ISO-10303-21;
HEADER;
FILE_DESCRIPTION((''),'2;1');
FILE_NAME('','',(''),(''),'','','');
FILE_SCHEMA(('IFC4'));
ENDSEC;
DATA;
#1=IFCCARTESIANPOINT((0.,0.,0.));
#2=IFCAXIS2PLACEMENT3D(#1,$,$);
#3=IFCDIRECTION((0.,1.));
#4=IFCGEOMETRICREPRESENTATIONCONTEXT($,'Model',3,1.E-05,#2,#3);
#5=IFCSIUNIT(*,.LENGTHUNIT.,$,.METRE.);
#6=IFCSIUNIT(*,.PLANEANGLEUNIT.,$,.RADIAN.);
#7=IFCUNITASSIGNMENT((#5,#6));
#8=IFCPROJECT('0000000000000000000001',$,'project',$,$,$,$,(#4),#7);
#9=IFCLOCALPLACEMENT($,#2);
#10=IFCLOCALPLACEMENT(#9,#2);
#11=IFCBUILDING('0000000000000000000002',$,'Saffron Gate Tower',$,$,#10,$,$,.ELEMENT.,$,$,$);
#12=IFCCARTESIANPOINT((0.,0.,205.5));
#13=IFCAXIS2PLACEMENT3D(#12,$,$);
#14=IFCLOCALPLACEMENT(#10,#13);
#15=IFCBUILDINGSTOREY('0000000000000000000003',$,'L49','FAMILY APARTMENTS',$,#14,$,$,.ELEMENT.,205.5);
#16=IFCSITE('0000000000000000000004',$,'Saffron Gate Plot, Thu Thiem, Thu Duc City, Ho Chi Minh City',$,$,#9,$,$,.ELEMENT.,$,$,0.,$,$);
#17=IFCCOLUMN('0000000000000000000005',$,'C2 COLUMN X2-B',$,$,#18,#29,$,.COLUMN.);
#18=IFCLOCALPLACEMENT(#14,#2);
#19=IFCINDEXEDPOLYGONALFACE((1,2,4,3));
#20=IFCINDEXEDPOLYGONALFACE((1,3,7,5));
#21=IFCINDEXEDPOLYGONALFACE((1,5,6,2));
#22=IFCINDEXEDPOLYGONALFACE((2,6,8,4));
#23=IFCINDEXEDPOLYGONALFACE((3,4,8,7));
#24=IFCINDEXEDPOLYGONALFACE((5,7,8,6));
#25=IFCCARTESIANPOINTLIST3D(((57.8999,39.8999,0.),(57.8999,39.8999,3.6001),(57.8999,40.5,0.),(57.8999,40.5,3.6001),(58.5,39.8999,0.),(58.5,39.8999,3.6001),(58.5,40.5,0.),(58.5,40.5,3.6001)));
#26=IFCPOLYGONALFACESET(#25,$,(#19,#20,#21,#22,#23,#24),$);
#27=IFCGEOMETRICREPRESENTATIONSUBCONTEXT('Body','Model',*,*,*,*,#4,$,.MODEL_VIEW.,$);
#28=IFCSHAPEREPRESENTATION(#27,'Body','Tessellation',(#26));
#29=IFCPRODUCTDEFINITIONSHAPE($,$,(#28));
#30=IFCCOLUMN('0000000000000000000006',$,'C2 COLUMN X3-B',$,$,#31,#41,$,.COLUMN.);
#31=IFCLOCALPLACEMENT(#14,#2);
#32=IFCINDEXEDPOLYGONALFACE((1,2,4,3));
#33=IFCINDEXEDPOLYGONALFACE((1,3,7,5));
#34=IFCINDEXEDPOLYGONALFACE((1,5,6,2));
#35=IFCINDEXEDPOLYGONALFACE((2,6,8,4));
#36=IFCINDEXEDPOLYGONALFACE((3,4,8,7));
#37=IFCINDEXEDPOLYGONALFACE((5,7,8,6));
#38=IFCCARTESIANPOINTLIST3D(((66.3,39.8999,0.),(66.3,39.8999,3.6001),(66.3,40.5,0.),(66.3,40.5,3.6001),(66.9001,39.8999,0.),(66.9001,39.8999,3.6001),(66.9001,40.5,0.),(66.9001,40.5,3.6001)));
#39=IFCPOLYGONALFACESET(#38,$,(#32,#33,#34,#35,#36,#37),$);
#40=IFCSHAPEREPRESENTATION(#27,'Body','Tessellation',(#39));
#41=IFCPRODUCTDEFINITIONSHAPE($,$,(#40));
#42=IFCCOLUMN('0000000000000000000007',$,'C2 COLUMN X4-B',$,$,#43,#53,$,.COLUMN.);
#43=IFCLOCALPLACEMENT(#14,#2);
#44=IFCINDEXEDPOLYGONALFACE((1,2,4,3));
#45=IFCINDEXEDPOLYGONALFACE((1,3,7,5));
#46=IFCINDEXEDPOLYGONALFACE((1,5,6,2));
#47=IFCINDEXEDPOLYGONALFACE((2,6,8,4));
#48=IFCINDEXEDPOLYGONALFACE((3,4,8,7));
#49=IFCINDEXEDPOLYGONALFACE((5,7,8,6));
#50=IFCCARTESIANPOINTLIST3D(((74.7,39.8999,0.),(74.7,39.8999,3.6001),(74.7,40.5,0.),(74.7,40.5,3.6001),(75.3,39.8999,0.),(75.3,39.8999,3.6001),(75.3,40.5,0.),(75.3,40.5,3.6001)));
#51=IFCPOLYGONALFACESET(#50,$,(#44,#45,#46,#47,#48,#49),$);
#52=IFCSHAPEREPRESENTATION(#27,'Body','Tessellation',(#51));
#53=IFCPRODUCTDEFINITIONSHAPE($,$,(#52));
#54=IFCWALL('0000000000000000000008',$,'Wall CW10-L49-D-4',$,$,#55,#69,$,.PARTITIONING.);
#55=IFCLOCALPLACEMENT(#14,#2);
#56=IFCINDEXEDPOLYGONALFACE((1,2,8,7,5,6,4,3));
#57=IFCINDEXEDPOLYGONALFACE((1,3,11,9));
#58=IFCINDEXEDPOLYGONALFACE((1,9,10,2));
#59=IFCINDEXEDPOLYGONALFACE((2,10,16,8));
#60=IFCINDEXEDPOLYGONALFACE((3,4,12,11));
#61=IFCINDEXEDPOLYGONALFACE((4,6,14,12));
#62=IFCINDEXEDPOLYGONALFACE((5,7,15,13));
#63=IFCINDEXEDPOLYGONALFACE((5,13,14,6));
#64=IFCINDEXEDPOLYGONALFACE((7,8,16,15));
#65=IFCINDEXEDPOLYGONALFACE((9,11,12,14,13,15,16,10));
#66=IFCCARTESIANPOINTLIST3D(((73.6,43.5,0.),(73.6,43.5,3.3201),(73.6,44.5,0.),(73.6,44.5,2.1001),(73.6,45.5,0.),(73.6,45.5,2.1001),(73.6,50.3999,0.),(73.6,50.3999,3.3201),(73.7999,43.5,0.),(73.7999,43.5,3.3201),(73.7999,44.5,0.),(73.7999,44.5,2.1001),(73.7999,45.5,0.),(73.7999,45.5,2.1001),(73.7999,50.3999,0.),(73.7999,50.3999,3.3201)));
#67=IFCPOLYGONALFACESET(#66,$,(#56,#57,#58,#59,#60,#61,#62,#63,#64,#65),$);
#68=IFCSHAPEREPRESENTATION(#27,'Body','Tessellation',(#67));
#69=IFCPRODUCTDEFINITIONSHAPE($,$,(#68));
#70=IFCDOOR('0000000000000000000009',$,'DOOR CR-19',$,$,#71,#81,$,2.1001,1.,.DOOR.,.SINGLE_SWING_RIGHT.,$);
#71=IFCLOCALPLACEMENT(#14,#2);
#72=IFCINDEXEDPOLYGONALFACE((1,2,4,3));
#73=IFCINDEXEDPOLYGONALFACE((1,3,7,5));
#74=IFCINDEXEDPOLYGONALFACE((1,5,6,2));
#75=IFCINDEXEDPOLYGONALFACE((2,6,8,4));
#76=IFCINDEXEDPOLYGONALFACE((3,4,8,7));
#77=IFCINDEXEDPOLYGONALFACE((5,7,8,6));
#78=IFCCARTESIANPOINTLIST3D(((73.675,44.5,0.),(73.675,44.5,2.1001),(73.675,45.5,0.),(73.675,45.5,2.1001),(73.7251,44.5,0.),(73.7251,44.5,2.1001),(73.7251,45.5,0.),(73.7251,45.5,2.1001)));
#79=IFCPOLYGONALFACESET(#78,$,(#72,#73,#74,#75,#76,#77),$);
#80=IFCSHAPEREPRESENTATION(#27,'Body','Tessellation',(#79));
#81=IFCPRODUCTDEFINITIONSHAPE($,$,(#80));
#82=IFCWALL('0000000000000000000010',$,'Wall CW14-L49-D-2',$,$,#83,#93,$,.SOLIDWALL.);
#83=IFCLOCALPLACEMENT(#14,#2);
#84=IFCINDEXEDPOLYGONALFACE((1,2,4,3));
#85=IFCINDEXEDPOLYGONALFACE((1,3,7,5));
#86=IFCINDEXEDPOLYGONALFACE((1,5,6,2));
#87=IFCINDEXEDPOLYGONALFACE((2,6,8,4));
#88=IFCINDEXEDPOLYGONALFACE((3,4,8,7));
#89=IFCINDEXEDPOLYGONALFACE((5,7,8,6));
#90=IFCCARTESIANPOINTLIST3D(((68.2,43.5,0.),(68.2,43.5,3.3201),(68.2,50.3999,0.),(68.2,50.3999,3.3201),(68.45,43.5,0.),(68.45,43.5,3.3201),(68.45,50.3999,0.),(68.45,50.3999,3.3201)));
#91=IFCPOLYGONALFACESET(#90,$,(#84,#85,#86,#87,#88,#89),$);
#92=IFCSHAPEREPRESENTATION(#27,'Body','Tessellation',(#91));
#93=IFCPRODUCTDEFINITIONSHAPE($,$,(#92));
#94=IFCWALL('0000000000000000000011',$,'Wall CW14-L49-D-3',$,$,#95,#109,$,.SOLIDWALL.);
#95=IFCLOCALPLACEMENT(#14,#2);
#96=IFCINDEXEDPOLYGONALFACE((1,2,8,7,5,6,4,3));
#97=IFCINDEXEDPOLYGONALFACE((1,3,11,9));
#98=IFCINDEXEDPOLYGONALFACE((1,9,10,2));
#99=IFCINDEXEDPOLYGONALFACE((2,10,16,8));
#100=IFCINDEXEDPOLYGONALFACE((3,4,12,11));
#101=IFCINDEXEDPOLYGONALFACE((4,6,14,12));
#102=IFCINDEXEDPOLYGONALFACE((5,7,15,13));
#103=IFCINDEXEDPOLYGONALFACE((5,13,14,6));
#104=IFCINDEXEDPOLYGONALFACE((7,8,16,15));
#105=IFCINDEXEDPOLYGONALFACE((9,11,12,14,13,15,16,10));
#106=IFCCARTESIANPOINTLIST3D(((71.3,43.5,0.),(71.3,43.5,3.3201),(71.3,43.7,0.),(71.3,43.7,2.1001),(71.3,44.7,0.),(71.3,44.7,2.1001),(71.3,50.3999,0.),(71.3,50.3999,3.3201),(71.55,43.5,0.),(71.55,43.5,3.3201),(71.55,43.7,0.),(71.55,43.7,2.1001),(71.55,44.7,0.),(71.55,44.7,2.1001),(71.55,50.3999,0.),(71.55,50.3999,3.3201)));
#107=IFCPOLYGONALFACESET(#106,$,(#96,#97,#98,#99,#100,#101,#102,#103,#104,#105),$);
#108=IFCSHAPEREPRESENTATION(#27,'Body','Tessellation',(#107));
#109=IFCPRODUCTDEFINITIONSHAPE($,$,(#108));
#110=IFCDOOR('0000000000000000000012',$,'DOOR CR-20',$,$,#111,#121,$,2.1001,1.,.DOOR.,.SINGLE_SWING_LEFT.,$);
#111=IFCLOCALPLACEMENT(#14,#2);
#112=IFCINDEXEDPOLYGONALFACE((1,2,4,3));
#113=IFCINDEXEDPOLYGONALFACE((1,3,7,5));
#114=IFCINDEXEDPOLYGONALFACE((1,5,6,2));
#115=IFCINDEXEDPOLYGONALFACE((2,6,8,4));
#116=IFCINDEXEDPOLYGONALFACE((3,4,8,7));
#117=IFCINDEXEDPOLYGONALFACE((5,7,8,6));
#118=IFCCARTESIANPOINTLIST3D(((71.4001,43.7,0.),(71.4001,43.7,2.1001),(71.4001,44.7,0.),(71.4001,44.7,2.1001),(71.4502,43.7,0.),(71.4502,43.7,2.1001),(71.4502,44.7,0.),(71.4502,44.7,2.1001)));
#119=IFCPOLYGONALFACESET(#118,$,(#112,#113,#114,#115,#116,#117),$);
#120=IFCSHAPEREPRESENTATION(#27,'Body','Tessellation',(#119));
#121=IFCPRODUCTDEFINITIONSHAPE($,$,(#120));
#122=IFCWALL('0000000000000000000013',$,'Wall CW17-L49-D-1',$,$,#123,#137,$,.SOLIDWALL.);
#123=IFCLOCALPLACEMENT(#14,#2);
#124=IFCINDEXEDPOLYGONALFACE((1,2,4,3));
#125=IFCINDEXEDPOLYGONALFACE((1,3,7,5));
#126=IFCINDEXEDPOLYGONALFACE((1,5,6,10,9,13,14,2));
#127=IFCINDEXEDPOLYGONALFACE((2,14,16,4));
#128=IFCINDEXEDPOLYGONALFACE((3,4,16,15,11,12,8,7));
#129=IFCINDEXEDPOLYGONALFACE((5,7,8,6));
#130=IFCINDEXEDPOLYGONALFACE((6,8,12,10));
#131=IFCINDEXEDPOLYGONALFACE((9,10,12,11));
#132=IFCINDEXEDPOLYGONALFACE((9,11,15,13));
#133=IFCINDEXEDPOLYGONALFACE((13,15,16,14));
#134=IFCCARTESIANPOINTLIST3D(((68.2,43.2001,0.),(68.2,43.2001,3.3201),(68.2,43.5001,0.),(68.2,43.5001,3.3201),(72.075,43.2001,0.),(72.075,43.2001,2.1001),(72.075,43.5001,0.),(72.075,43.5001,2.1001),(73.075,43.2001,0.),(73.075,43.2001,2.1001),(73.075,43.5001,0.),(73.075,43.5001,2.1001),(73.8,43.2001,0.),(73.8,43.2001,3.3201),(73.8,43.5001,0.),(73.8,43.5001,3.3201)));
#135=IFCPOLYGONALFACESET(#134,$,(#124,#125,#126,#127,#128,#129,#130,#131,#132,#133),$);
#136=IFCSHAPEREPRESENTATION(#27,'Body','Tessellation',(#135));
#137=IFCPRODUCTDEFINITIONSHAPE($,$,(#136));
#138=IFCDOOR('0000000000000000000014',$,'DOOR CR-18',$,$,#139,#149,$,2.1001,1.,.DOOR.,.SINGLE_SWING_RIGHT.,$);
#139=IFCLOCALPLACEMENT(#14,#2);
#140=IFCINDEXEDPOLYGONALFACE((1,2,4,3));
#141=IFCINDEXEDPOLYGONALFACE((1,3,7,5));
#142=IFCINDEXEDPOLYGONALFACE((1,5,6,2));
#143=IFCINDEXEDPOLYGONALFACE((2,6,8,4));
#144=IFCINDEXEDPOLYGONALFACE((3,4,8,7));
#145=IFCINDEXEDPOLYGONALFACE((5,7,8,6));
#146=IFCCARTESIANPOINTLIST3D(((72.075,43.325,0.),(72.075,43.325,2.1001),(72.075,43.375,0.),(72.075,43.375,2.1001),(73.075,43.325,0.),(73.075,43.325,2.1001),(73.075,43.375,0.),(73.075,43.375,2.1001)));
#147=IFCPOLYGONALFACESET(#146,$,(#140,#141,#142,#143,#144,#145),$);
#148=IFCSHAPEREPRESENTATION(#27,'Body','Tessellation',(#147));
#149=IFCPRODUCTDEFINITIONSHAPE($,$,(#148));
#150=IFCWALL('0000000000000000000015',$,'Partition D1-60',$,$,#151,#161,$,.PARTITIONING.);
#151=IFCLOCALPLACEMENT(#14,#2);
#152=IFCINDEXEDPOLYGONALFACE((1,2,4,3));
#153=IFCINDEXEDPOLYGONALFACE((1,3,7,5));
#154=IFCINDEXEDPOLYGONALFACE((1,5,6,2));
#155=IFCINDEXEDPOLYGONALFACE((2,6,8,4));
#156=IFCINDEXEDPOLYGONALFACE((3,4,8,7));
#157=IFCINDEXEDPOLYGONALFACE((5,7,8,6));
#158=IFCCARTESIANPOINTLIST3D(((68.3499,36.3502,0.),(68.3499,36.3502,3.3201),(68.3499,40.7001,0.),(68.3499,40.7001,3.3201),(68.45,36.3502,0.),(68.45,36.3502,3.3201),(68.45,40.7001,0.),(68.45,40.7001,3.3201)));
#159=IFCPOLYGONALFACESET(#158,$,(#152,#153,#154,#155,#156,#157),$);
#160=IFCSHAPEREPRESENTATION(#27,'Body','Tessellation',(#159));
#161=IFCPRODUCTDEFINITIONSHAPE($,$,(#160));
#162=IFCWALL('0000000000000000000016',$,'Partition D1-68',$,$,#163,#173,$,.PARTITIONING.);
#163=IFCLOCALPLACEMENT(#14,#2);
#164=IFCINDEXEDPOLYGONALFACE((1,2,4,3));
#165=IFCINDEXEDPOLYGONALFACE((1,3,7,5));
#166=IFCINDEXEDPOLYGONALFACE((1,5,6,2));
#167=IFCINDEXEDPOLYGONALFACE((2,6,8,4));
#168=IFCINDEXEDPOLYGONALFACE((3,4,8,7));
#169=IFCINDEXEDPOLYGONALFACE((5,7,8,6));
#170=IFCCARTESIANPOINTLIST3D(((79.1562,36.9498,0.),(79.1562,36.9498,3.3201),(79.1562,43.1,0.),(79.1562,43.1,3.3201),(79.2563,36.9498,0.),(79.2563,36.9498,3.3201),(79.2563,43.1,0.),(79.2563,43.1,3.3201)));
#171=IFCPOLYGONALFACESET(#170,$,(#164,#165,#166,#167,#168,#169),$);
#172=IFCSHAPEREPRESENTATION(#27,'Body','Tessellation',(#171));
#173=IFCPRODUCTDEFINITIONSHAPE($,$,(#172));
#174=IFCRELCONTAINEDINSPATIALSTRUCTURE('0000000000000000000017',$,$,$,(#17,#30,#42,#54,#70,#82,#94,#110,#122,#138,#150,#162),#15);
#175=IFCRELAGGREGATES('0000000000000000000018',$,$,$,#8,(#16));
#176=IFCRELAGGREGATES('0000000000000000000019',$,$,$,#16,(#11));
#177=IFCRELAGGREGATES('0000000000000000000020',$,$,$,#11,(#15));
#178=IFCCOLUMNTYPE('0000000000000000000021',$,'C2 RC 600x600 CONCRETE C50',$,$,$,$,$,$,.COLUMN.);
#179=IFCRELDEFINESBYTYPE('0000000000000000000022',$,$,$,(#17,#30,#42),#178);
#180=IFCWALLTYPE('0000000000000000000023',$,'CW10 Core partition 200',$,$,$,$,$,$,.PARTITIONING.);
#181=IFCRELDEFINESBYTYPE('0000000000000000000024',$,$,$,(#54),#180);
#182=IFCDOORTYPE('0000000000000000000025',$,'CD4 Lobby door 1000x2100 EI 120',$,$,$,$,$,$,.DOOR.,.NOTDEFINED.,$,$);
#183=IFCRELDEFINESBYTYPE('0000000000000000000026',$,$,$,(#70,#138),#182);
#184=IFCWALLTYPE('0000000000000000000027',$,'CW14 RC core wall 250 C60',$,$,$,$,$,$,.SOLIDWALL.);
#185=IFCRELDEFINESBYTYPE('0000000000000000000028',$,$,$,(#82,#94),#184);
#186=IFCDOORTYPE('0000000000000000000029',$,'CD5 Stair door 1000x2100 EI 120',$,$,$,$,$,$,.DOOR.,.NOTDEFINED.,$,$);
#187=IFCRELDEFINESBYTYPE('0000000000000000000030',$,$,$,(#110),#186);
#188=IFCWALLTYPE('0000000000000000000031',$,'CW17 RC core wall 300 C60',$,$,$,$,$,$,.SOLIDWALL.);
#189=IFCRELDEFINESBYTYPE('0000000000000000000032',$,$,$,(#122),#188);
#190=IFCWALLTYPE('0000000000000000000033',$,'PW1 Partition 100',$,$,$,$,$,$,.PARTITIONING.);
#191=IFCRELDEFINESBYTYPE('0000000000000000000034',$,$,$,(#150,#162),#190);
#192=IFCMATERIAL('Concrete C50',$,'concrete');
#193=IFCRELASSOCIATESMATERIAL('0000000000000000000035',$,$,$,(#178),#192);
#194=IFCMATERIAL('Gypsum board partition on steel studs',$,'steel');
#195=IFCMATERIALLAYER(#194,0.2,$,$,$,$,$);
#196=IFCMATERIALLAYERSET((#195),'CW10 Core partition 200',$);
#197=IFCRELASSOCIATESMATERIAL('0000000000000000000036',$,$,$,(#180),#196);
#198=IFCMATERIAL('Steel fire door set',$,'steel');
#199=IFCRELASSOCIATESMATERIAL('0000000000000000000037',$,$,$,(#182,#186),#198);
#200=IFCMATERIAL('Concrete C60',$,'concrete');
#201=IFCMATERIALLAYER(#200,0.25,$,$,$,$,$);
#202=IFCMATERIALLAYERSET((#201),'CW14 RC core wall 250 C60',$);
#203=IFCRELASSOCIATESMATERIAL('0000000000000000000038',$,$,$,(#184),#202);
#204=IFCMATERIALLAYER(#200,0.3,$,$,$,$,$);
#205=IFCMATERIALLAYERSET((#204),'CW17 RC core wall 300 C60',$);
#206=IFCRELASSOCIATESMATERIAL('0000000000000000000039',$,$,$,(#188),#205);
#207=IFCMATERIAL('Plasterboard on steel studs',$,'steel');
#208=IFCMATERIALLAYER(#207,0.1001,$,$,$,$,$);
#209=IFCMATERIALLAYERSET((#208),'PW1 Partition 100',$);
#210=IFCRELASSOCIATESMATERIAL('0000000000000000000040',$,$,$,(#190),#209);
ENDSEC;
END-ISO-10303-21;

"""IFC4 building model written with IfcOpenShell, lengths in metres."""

from ifc_helpers import new_model, si_unit, direction, frame, frame_2d, origin, origin_2d, place, context, subcontext, project, spatial, rectangle, extrude, material, layer, layer_set, material_profile, profile_set, type_object, element, fill, save


model = new_model("IFC4")

# Units and contexts
model_context = context("Model", 3, precision=1e-05, world=origin(), true_north=direction((0.0, 1.0)))
body_context = subcontext(model_context, "Body", "Model", "MODEL_VIEW")
ifc_project = project(units=[si_unit("LENGTHUNIT", "METRE"), si_unit("PLANEANGLEUNIT", "RADIAN")], contexts=[model_context])

# Site, building, storey
site_placement = place(None, origin())
site = spatial("IfcSite", under=ifc_project, at=site_placement, Name="Saffron Gate Plot, Thu Thiem, Thu Duc City, Ho Chi Minh City", CompositionType="ELEMENT", RefElevation=0.0)
building_placement = place(site_placement, origin())
building = spatial("IfcBuilding", under=site, at=building_placement, Name="Saffron Gate Tower", CompositionType="ELEMENT")
storey_placement = place(building_placement, frame((0.0, 0.0, 205.5)))
storey = spatial("IfcBuildingStorey", under=building, at=storey_placement, Name="L49", Description="FAMILY APARTMENTS", CompositionType="ELEMENT", Elevation=205.5)

# Columns
ifc_material_1 = material(Name="Concrete C50", Category="concrete")
ifc_material_profile = material_profile(ifc_material_1, rectangle(XDim=0.6001, YDim=0.6001, at=origin_2d()))
ifc_profile_set = profile_set([ifc_material_profile], Name="Concrete C50")
column_type = type_object("IfcColumnType", Name="C2 RC 600x600 CONCRETE C50", PredefinedType="COLUMN", material=ifc_profile_set)
for number, where, z_axis, x_axis, name in (
    (1, (58.2, 40.2, 0.0), (0.0, 0.0, 1.0), (1.0, 0.0, 0.0), "C2 COLUMN X2-B"),
    (2, (66.6001, 40.2, 0.0), (0.0, 0.0, 1.0), (1.0, 0.0, 0.0), "C2 COLUMN X3-B"),
    (3, (75.0, 40.2, 0.0), (0.0, 0.0, 1.0), (1.0, 0.0, 0.0), "C2 COLUMN X4-B"),
):
    element("IfcColumn", number, at=place(storey_placement, frame(where, z_axis=z_axis, x_axis=x_axis)), inside=storey, type_object=column_type, Name=name, PredefinedType="COLUMN", context=body_context, shape_type="SweptSolid", body=[
        extrude(rectangle(XDim=0.6001, YDim=0.6001, at=origin_2d()), origin(), (0.0, 0.0, 1.0), 3.6001),
    ])

# Wall, opening, door
ifc_material_2 = material(Name="Gypsum board partition on steel studs", Category="steel")
ifc_layer_1 = layer(ifc_material_2, 0.2)
ifc_layer_set_1 = layer_set([ifc_layer_1], Name="CW10 Core partition 200")
wall_type_1 = type_object("IfcWallType", Name="CW10 Core partition 200", PredefinedType="PARTITIONING", material=ifc_layer_set_1)
wall_1_placement = place(storey_placement, frame((73.7, 43.5, 0.0), z_axis=(0.0, 0.0, 1.0), x_axis=(0.0, 1.0, 0.0)))
wall_1 = element("IfcWall", 4, at=wall_1_placement, inside=storey, type_object=wall_type_1, Name="Wall CW10-L49-D-4", PredefinedType="PARTITIONING", context=body_context, shape_type="SweptSolid", body=[
    extrude(rectangle(XDim=6.8999, YDim=0.2, at=frame_2d((3.45, 0.0))), origin(), (0.0, 0.0, 1.0), 3.3201),
])
opening_1_placement = place(wall_1_placement, frame((1.0, 0.0, 0.0)))
opening_1 = element("IfcOpeningElement", 5, at=opening_1_placement, cuts=wall_1, PredefinedType="OPENING", context=body_context, shape_type="SweptSolid", body=[
    extrude(rectangle(XDim=1.0, YDim=2.1001, at=frame_2d((0.5, 1.05))), frame((0.0, 0.1099, 0.0), z_axis=(0.0, -1.0, 0.0), x_axis=(1.0, 0.0, 0.0)), (0.0, 0.0, 1.0), 0.22),
])
ifc_material_3 = material(Name="Steel fire door set", Category="steel")
door_type_1 = type_object("IfcDoorType", Name="CD4 Lobby door 1000x2100 EI 120", OperationType="NOTDEFINED", PredefinedType="DOOR", material=ifc_material_3)
door_1_placement = place(opening_1_placement, origin())
door_1 = element("IfcDoor", 6, at=door_1_placement, inside=storey, type_object=door_type_1, Name="DOOR CR-19", OperationType="SINGLE_SWING_RIGHT", OverallHeight=2.1001, OverallWidth=1.0, PredefinedType="DOOR", context=body_context, shape_type="SweptSolid", body=[
    extrude(rectangle(XDim=1.0, YDim=2.1001, at=frame_2d((0.5, 1.05))), frame((0.0, 0.0249, 0.0), z_axis=(0.0, -1.0, 0.0), x_axis=(1.0, 0.0, 0.0)), (0.0, 0.0, 1.0), 0.05),
])
fill(opening_1, door_1)

# Wall
ifc_material_4 = material(Name="Concrete C60", Category="concrete")
ifc_layer_2 = layer(ifc_material_4, 0.25)
ifc_layer_set_2 = layer_set([ifc_layer_2], Name="CW14 RC core wall 250 C60")
wall_type_2 = type_object("IfcWallType", Name="CW14 RC core wall 250 C60", PredefinedType="SOLIDWALL", material=ifc_layer_set_2)
wall_2_placement = place(storey_placement, frame((68.325, 43.5, 0.0), z_axis=(0.0, 0.0, 1.0), x_axis=(0.0, 1.0, 0.0)))
element("IfcWall", 7, at=wall_2_placement, inside=storey, type_object=wall_type_2, Name="Wall CW14-L49-D-2", PredefinedType="SOLIDWALL", context=body_context, shape_type="SweptSolid", body=[
    extrude(rectangle(XDim=6.8999, YDim=0.25, at=frame_2d((3.45, 0.0))), origin(), (0.0, 0.0, 1.0), 3.3201),
])

# Walls, openings, doors
wall_3_placement = place(storey_placement, frame((71.425, 43.5, 0.0), z_axis=(0.0, 0.0, 1.0), x_axis=(0.0, 1.0, 0.0)))
wall_3 = element("IfcWall", 8, at=wall_3_placement, inside=storey, type_object=wall_type_2, Name="Wall CW14-L49-D-3", PredefinedType="SOLIDWALL", context=body_context, shape_type="SweptSolid", body=[
    extrude(rectangle(XDim=6.8999, YDim=0.25, at=frame_2d((3.45, 0.0))), origin(), (0.0, 0.0, 1.0), 3.3201),
])
opening_2_placement = place(wall_3_placement, frame((0.2, 0.0, 0.0)))
opening_2 = element("IfcOpeningElement", 9, at=opening_2_placement, cuts=wall_3, PredefinedType="OPENING", context=body_context, shape_type="SweptSolid", body=[
    extrude(rectangle(XDim=1.0, YDim=2.1001, at=frame_2d((0.5, 1.05))), frame((0.0, 0.135, 0.0), z_axis=(0.0, -1.0, 0.0), x_axis=(1.0, 0.0, 0.0)), (0.0, 0.0, 1.0), 0.27),
])
door_type_2 = type_object("IfcDoorType", Name="CD5 Stair door 1000x2100 EI 120", OperationType="NOTDEFINED", PredefinedType="DOOR", material=ifc_material_3)
door_2_placement = place(opening_2_placement, origin())
door_2 = element("IfcDoor", 10, at=door_2_placement, inside=storey, type_object=door_type_2, Name="DOOR CR-20", OperationType="SINGLE_SWING_LEFT", OverallHeight=2.1001, OverallWidth=1.0, PredefinedType="DOOR", context=body_context, shape_type="SweptSolid", body=[
    extrude(rectangle(XDim=1.0, YDim=2.1001, at=frame_2d((0.5, 1.05))), frame((0.0, 0.0249, 0.0), z_axis=(0.0, -1.0, 0.0), x_axis=(1.0, 0.0, 0.0)), (0.0, 0.0, 1.0), 0.05),
])
fill(opening_2, door_2)
ifc_layer_3 = layer(ifc_material_4, 0.3)
ifc_layer_set_3 = layer_set([ifc_layer_3], Name="CW17 RC core wall 300 C60")
wall_type_3 = type_object("IfcWallType", Name="CW17 RC core wall 300 C60", PredefinedType="SOLIDWALL", material=ifc_layer_set_3)
wall_4_placement = place(storey_placement, frame((68.2, 43.3501, 0.0), z_axis=(0.0, 0.0, 1.0), x_axis=(1.0, 0.0, 0.0)))
wall_4 = element("IfcWall", 11, at=wall_4_placement, inside=storey, type_object=wall_type_3, Name="Wall CW17-L49-D-1", PredefinedType="SOLIDWALL", context=body_context, shape_type="SweptSolid", body=[
    extrude(rectangle(XDim=5.6001, YDim=0.3, at=frame_2d((2.8, 0.0))), origin(), (0.0, 0.0, 1.0), 3.3201),
])
opening_3_placement = place(wall_4_placement, frame((3.875, 0.0, 0.0)))
opening_3 = element("IfcOpeningElement", 12, at=opening_3_placement, cuts=wall_4, PredefinedType="OPENING", context=body_context, shape_type="SweptSolid", body=[
    extrude(rectangle(XDim=1.0, YDim=2.1001, at=frame_2d((0.5, 1.05))), frame((0.0, 0.1602, 0.0), z_axis=(0.0, -1.0, 0.0), x_axis=(1.0, 0.0, 0.0)), (0.0, 0.0, 1.0), 0.3201),
])
door_3_placement = place(opening_3_placement, origin())
door_3 = element("IfcDoor", 13, at=door_3_placement, inside=storey, type_object=door_type_1, Name="DOOR CR-18", OperationType="SINGLE_SWING_RIGHT", OverallHeight=2.1001, OverallWidth=1.0, PredefinedType="DOOR", context=body_context, shape_type="SweptSolid", body=[
    extrude(rectangle(XDim=1.0, YDim=2.1001, at=frame_2d((0.5, 1.05))), frame((0.0, 0.0249, 0.0), z_axis=(0.0, -1.0, 0.0), x_axis=(1.0, 0.0, 0.0)), (0.0, 0.0, 1.0), 0.05),
])
fill(opening_3, door_3)

# Walls
ifc_material_5 = material(Name="Plasterboard on steel studs", Category="steel")
ifc_layer_4 = layer(ifc_material_5, 0.1001)
ifc_layer_set_4 = layer_set([ifc_layer_4], Name="PW1 Partition 100")
wall_type_4 = type_object("IfcWallType", Name="PW1 Partition 100", PredefinedType="PARTITIONING", material=ifc_layer_set_4)
wall_5_placement = place(storey_placement, frame((68.3999, 40.7, 0.0), z_axis=(0.0, 0.0, 1.0), x_axis=(0.0, -1.0, 0.0)))
element("IfcWall", 14, at=wall_5_placement, inside=storey, type_object=wall_type_4, Name="Partition D1-60", PredefinedType="PARTITIONING", context=body_context, shape_type="SweptSolid", body=[
    extrude(rectangle(XDim=4.3499, YDim=0.1001, at=frame_2d((2.1748, 0.0))), origin(), (0.0, 0.0, 1.0), 3.3201),
])
wall_6_placement = place(storey_placement, frame((79.2063, 43.1001, 0.0), z_axis=(0.0, 0.0, 1.0), x_axis=(0.0, -1.0, 0.0)))
element("IfcWall", 15, at=wall_6_placement, inside=storey, type_object=wall_type_4, Name="Partition D1-68", PredefinedType="PARTITIONING", context=body_context, shape_type="SweptSolid", body=[
    extrude(rectangle(XDim=6.1501, YDim=0.1001, at=frame_2d((3.0752, 0.0))), origin(), (0.0, 0.0, 1.0), 3.3201),
])

save(model, "model.ifc")
